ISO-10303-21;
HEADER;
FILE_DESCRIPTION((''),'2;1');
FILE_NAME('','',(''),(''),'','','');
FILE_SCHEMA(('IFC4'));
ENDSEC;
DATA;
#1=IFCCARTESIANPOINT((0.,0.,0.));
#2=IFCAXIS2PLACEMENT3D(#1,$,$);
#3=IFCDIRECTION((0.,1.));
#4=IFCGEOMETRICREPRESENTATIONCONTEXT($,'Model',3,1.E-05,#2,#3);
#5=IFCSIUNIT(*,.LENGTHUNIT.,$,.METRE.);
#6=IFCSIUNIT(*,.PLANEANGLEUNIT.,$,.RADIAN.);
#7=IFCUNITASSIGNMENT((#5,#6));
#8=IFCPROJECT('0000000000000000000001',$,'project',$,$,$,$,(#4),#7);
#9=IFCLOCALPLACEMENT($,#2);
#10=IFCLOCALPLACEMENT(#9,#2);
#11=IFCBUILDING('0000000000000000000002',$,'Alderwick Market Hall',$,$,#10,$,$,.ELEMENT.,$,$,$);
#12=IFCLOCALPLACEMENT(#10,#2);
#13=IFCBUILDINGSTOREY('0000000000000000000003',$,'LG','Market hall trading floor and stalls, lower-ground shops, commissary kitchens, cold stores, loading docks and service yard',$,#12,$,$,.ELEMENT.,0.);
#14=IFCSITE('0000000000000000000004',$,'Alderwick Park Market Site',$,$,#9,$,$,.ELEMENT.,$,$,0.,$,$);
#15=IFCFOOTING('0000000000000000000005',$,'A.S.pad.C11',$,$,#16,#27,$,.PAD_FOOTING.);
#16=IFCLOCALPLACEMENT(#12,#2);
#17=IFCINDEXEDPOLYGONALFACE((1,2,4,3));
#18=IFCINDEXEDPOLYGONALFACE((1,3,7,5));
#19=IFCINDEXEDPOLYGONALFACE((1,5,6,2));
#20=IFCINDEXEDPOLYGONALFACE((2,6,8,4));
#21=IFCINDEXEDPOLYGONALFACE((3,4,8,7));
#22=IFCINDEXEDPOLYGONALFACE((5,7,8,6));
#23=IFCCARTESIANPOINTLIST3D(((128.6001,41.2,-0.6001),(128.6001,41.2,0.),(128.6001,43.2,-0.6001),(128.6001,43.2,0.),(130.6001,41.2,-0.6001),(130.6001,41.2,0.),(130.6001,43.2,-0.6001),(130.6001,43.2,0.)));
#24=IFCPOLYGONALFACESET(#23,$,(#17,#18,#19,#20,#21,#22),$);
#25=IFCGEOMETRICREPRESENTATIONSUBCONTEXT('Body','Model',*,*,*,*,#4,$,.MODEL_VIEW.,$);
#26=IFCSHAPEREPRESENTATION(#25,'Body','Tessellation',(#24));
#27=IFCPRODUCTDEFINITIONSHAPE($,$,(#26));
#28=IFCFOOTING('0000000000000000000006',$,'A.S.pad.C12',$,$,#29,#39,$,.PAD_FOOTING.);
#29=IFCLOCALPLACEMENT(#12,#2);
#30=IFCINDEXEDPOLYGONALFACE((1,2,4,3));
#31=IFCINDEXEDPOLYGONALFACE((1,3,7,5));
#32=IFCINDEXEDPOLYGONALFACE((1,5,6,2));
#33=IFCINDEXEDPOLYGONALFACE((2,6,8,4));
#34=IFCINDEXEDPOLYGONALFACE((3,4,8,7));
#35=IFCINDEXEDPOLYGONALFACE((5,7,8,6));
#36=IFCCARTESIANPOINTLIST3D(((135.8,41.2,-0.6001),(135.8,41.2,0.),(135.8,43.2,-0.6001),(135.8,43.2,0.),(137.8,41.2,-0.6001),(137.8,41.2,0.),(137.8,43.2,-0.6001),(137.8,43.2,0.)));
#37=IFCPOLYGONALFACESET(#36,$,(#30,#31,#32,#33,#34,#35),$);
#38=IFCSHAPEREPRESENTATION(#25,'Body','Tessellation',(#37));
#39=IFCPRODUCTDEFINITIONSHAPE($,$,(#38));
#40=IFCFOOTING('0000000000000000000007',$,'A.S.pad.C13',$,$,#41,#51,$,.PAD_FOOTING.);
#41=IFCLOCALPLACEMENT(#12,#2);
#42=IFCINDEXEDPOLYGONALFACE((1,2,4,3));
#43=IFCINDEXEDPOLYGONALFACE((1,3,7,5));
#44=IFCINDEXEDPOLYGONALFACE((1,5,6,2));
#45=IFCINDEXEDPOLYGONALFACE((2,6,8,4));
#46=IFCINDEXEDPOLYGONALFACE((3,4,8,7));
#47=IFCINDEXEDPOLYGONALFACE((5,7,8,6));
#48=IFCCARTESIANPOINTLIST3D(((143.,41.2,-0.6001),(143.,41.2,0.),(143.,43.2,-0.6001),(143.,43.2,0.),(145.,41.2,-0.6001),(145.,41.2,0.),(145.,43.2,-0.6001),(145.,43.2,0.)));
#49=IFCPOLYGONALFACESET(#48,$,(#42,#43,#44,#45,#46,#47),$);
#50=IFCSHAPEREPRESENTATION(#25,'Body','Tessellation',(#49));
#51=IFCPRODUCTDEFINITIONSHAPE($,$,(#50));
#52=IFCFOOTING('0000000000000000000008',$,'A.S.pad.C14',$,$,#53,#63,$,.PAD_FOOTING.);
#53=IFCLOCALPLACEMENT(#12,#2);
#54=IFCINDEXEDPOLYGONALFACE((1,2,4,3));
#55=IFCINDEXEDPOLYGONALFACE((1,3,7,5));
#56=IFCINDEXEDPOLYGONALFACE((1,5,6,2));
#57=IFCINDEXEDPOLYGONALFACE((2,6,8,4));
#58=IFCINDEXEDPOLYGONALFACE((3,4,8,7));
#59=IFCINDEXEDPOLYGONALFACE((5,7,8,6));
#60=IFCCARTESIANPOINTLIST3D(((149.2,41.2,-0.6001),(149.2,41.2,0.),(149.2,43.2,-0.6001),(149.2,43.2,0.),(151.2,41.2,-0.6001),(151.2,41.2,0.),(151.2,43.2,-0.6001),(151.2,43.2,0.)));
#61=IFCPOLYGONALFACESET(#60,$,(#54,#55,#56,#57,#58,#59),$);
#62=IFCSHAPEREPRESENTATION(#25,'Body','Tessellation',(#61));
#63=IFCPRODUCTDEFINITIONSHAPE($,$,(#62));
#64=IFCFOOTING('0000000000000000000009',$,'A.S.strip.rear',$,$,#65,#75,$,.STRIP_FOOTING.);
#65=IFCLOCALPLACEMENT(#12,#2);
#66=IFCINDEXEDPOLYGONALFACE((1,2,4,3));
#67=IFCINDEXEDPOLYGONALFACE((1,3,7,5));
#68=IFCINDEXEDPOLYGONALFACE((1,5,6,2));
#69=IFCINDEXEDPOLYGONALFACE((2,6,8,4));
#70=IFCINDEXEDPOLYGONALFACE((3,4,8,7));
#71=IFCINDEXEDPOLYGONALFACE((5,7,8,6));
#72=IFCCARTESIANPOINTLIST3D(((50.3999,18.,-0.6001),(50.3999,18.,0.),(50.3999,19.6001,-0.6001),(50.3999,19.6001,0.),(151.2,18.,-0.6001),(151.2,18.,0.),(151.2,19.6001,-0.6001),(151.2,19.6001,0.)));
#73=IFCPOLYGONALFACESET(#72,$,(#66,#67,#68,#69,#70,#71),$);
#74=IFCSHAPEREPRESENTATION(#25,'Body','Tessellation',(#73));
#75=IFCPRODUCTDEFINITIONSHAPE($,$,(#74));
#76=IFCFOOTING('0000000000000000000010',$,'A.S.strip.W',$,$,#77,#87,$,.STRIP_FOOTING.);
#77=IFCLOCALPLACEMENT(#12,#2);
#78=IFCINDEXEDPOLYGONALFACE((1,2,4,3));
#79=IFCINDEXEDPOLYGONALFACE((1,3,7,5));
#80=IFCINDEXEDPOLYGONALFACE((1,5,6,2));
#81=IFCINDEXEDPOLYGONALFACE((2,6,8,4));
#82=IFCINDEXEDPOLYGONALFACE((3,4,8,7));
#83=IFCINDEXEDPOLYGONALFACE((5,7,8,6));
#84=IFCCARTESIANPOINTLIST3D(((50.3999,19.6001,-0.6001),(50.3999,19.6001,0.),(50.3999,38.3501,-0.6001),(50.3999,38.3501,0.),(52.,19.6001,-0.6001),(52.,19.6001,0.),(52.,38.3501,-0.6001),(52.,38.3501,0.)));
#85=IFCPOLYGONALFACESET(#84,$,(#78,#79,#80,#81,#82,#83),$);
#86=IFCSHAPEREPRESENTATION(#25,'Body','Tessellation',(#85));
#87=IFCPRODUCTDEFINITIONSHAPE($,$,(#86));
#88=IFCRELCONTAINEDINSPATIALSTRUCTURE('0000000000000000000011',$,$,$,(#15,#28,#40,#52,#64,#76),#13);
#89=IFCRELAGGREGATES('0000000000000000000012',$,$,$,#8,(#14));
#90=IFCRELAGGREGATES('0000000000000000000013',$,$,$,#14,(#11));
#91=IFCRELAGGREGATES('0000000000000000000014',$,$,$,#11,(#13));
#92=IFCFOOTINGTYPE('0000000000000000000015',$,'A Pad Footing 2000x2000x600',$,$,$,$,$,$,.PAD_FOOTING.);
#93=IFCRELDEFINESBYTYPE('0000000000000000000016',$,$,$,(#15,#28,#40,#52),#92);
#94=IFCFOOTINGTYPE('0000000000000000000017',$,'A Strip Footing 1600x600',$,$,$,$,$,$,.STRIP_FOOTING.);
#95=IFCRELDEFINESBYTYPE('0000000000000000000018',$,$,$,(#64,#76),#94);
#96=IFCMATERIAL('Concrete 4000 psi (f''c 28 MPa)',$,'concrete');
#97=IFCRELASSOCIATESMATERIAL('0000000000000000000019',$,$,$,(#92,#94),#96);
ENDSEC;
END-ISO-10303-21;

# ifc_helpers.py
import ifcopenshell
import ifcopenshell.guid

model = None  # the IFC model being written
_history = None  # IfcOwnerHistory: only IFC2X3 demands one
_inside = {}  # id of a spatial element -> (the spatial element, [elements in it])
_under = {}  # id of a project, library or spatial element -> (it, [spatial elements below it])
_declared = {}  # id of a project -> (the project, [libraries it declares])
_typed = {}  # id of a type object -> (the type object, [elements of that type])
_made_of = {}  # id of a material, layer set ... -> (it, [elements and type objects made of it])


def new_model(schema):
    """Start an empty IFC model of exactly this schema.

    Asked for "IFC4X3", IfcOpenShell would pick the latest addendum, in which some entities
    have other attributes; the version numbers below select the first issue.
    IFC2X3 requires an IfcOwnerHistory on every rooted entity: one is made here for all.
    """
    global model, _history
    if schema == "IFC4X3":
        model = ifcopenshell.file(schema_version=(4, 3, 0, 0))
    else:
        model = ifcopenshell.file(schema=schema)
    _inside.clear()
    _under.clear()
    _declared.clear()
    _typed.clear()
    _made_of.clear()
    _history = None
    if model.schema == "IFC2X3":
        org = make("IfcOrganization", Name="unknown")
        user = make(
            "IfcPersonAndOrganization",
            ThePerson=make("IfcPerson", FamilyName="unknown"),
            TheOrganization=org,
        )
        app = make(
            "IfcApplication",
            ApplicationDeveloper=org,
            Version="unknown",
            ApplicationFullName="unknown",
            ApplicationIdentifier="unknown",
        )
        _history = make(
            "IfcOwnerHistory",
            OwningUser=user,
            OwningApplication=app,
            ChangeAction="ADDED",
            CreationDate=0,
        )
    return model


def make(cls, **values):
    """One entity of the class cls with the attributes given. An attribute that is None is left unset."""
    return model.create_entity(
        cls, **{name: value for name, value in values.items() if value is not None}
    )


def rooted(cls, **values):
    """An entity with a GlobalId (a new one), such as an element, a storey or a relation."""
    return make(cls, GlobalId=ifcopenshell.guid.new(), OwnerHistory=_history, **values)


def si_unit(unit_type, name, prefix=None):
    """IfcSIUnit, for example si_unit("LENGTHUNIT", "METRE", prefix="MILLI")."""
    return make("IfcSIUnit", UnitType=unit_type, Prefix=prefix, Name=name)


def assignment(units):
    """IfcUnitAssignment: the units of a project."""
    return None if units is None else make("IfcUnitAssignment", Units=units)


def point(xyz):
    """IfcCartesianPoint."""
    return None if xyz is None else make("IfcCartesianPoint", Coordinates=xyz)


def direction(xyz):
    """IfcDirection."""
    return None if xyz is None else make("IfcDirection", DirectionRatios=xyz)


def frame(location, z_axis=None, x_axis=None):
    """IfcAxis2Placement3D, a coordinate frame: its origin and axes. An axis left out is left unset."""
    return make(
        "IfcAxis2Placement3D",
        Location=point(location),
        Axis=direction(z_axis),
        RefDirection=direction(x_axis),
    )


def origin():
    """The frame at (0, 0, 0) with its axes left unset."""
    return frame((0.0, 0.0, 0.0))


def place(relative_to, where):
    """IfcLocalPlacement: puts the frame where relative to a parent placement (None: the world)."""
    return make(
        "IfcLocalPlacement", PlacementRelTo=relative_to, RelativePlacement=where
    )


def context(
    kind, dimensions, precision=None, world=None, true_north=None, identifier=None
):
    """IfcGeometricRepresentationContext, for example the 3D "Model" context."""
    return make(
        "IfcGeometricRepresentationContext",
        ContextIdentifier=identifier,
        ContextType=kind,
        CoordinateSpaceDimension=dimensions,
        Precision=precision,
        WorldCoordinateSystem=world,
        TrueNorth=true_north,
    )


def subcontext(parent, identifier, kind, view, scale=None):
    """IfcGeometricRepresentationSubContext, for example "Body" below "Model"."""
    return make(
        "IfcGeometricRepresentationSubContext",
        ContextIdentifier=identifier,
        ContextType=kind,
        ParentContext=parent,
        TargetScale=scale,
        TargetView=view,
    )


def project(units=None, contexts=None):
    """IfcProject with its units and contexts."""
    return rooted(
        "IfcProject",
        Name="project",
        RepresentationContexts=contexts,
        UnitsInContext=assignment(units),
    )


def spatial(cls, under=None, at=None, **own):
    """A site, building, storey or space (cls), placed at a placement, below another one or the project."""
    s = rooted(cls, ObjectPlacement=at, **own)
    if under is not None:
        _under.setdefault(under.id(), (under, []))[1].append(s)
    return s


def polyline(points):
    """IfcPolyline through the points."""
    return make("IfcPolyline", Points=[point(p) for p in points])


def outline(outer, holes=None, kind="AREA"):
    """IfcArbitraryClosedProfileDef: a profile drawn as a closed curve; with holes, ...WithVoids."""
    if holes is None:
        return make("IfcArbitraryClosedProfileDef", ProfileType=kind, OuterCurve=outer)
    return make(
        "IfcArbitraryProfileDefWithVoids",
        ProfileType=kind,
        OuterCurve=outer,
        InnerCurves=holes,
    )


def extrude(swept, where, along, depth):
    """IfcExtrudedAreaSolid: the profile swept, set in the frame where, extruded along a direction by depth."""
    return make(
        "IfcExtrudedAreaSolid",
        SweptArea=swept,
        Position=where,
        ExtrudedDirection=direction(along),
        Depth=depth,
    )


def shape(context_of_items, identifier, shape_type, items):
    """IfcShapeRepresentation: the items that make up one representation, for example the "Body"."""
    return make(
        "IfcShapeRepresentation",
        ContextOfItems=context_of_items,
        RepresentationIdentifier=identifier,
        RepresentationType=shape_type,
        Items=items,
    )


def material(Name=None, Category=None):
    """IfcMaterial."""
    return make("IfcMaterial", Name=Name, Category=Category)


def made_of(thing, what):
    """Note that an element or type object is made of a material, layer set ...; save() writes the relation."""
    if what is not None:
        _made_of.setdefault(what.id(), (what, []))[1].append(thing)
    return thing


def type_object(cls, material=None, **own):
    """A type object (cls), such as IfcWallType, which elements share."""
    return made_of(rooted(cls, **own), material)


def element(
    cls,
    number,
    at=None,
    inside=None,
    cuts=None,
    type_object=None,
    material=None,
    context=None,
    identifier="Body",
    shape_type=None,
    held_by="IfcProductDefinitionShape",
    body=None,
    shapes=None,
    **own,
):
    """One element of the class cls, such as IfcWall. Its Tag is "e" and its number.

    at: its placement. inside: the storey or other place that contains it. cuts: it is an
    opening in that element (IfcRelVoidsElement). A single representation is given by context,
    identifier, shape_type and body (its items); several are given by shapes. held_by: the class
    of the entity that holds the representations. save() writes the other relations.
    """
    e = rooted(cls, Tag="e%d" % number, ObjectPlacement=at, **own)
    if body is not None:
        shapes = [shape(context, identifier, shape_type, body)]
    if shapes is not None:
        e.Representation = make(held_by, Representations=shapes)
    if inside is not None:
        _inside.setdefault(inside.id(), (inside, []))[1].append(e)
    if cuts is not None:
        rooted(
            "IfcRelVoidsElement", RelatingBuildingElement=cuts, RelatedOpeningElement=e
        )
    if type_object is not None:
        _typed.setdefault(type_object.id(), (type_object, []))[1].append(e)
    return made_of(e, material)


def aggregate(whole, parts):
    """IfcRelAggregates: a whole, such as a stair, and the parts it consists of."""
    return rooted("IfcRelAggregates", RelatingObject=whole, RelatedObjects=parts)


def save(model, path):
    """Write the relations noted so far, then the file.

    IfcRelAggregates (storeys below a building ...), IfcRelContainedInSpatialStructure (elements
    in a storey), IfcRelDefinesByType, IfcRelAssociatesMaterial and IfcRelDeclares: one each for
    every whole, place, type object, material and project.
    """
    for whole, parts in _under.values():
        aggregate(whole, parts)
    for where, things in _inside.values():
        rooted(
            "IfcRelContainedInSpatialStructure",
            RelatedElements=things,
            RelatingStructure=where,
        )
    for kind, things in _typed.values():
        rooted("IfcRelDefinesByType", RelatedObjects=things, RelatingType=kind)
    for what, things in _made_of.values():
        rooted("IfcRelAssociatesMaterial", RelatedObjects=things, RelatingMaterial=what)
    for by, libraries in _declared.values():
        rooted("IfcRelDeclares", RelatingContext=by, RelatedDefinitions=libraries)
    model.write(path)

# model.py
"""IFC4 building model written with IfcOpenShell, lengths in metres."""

from ifc_helpers import new_model, si_unit, direction, frame, origin, place, context, subcontext, project, spatial, polyline, outline, extrude, material, type_object, element, save


model = new_model("IFC4")

# Units and contexts
model_context = context("Model", 3, precision=1e-05, world=origin(), true_north=direction((0.0, 1.0)))
body_context = subcontext(model_context, "Body", "Model", "MODEL_VIEW")
ifc_project = project(units=[si_unit("LENGTHUNIT", "METRE"), si_unit("PLANEANGLEUNIT", "RADIAN")], contexts=[model_context])

# Site, building, storey
site_placement = place(None, origin())
site = spatial("IfcSite", under=ifc_project, at=site_placement, Name="Alderwick Park Market Site", CompositionType="ELEMENT", RefElevation=0.0)
building_placement = place(site_placement, origin())
building = spatial("IfcBuilding", under=site, at=building_placement, Name="Alderwick Market Hall", CompositionType="ELEMENT")
storey_placement = place(building_placement, origin())
storey = spatial("IfcBuildingStorey", under=building, at=storey_placement, Name="LG", Description="Market hall trading floor and stalls, lower-ground shops, commissary kitchens, cold stores, loading docks and service yard", CompositionType="ELEMENT", Elevation=0.0)

# Footings
ifc_material = material(Name="Concrete 4000 psi (f'c 28 MPa)", Category="concrete")
footing_type_1 = type_object("IfcFootingType", Name="A Pad Footing 2000x2000x600", PredefinedType="PAD_FOOTING", material=ifc_material)
footing_1_placement = place(storey_placement, frame((0.0, 0.0, -0.6001)))
element("IfcFooting", 1, at=footing_1_placement, inside=storey, type_object=footing_type_1, Name="A.S.pad.C11", PredefinedType="PAD_FOOTING", context=body_context, shape_type="SweptSolid", body=[
    extrude(outline(polyline([(128.6001, 41.2), (130.6001, 41.2), (130.6001, 43.2), (128.6001, 43.2), (128.6001, 41.2)])), origin(), (0.0, 0.0, 1.0), 0.6001),
])
footing_2_placement = place(storey_placement, frame((0.0, 0.0, -0.6001)))
element("IfcFooting", 2, at=footing_2_placement, inside=storey, type_object=footing_type_1, Name="A.S.pad.C12", PredefinedType="PAD_FOOTING", context=body_context, shape_type="SweptSolid", body=[
    extrude(outline(polyline([(135.8, 41.2), (137.8, 41.2), (137.8, 43.2), (135.8, 43.2), (135.8, 41.2)])), origin(), (0.0, 0.0, 1.0), 0.6001),
])
footing_3_placement = place(storey_placement, frame((0.0, 0.0, -0.6001)))
element("IfcFooting", 3, at=footing_3_placement, inside=storey, type_object=footing_type_1, Name="A.S.pad.C13", PredefinedType="PAD_FOOTING", context=body_context, shape_type="SweptSolid", body=[
    extrude(outline(polyline([(143.0, 41.2), (145.0, 41.2), (145.0, 43.2), (143.0, 43.2), (143.0, 41.2)])), origin(), (0.0, 0.0, 1.0), 0.6001),
])
footing_4_placement = place(storey_placement, frame((0.0, 0.0, -0.6001)))
element("IfcFooting", 4, at=footing_4_placement, inside=storey, type_object=footing_type_1, Name="A.S.pad.C14", PredefinedType="PAD_FOOTING", context=body_context, shape_type="SweptSolid", body=[
    extrude(outline(polyline([(149.2, 41.2), (151.2, 41.2), (151.2, 43.2), (149.2, 43.2), (149.2, 41.2)])), origin(), (0.0, 0.0, 1.0), 0.6001),
])
footing_type_2 = type_object("IfcFootingType", Name="A Strip Footing 1600x600", PredefinedType="STRIP_FOOTING", material=ifc_material)
footing_5_placement = place(storey_placement, frame((0.0, 0.0, -0.6001)))
element("IfcFooting", 5, at=footing_5_placement, inside=storey, type_object=footing_type_2, Name="A.S.strip.rear", PredefinedType="STRIP_FOOTING", context=body_context, shape_type="SweptSolid", body=[
    extrude(outline(polyline([(50.3999, 18.0), (151.2, 18.0), (151.2, 19.6001), (50.3999, 19.6001), (50.3999, 18.0)])), origin(), (0.0, 0.0, 1.0), 0.6001),
])
footing_6_placement = place(storey_placement, frame((0.0, 0.0, -0.6001)))
element("IfcFooting", 6, at=footing_6_placement, inside=storey, type_object=footing_type_2, Name="A.S.strip.W", PredefinedType="STRIP_FOOTING", context=body_context, shape_type="SweptSolid", body=[
    extrude(outline(polyline([(50.3999, 19.6001), (52.0, 19.6001), (52.0, 38.3501), (50.3999, 38.3501), (50.3999, 19.6001)])), origin(), (0.0, 0.0, 1.0), 0.6001),
])

save(model, "model.ifc")
